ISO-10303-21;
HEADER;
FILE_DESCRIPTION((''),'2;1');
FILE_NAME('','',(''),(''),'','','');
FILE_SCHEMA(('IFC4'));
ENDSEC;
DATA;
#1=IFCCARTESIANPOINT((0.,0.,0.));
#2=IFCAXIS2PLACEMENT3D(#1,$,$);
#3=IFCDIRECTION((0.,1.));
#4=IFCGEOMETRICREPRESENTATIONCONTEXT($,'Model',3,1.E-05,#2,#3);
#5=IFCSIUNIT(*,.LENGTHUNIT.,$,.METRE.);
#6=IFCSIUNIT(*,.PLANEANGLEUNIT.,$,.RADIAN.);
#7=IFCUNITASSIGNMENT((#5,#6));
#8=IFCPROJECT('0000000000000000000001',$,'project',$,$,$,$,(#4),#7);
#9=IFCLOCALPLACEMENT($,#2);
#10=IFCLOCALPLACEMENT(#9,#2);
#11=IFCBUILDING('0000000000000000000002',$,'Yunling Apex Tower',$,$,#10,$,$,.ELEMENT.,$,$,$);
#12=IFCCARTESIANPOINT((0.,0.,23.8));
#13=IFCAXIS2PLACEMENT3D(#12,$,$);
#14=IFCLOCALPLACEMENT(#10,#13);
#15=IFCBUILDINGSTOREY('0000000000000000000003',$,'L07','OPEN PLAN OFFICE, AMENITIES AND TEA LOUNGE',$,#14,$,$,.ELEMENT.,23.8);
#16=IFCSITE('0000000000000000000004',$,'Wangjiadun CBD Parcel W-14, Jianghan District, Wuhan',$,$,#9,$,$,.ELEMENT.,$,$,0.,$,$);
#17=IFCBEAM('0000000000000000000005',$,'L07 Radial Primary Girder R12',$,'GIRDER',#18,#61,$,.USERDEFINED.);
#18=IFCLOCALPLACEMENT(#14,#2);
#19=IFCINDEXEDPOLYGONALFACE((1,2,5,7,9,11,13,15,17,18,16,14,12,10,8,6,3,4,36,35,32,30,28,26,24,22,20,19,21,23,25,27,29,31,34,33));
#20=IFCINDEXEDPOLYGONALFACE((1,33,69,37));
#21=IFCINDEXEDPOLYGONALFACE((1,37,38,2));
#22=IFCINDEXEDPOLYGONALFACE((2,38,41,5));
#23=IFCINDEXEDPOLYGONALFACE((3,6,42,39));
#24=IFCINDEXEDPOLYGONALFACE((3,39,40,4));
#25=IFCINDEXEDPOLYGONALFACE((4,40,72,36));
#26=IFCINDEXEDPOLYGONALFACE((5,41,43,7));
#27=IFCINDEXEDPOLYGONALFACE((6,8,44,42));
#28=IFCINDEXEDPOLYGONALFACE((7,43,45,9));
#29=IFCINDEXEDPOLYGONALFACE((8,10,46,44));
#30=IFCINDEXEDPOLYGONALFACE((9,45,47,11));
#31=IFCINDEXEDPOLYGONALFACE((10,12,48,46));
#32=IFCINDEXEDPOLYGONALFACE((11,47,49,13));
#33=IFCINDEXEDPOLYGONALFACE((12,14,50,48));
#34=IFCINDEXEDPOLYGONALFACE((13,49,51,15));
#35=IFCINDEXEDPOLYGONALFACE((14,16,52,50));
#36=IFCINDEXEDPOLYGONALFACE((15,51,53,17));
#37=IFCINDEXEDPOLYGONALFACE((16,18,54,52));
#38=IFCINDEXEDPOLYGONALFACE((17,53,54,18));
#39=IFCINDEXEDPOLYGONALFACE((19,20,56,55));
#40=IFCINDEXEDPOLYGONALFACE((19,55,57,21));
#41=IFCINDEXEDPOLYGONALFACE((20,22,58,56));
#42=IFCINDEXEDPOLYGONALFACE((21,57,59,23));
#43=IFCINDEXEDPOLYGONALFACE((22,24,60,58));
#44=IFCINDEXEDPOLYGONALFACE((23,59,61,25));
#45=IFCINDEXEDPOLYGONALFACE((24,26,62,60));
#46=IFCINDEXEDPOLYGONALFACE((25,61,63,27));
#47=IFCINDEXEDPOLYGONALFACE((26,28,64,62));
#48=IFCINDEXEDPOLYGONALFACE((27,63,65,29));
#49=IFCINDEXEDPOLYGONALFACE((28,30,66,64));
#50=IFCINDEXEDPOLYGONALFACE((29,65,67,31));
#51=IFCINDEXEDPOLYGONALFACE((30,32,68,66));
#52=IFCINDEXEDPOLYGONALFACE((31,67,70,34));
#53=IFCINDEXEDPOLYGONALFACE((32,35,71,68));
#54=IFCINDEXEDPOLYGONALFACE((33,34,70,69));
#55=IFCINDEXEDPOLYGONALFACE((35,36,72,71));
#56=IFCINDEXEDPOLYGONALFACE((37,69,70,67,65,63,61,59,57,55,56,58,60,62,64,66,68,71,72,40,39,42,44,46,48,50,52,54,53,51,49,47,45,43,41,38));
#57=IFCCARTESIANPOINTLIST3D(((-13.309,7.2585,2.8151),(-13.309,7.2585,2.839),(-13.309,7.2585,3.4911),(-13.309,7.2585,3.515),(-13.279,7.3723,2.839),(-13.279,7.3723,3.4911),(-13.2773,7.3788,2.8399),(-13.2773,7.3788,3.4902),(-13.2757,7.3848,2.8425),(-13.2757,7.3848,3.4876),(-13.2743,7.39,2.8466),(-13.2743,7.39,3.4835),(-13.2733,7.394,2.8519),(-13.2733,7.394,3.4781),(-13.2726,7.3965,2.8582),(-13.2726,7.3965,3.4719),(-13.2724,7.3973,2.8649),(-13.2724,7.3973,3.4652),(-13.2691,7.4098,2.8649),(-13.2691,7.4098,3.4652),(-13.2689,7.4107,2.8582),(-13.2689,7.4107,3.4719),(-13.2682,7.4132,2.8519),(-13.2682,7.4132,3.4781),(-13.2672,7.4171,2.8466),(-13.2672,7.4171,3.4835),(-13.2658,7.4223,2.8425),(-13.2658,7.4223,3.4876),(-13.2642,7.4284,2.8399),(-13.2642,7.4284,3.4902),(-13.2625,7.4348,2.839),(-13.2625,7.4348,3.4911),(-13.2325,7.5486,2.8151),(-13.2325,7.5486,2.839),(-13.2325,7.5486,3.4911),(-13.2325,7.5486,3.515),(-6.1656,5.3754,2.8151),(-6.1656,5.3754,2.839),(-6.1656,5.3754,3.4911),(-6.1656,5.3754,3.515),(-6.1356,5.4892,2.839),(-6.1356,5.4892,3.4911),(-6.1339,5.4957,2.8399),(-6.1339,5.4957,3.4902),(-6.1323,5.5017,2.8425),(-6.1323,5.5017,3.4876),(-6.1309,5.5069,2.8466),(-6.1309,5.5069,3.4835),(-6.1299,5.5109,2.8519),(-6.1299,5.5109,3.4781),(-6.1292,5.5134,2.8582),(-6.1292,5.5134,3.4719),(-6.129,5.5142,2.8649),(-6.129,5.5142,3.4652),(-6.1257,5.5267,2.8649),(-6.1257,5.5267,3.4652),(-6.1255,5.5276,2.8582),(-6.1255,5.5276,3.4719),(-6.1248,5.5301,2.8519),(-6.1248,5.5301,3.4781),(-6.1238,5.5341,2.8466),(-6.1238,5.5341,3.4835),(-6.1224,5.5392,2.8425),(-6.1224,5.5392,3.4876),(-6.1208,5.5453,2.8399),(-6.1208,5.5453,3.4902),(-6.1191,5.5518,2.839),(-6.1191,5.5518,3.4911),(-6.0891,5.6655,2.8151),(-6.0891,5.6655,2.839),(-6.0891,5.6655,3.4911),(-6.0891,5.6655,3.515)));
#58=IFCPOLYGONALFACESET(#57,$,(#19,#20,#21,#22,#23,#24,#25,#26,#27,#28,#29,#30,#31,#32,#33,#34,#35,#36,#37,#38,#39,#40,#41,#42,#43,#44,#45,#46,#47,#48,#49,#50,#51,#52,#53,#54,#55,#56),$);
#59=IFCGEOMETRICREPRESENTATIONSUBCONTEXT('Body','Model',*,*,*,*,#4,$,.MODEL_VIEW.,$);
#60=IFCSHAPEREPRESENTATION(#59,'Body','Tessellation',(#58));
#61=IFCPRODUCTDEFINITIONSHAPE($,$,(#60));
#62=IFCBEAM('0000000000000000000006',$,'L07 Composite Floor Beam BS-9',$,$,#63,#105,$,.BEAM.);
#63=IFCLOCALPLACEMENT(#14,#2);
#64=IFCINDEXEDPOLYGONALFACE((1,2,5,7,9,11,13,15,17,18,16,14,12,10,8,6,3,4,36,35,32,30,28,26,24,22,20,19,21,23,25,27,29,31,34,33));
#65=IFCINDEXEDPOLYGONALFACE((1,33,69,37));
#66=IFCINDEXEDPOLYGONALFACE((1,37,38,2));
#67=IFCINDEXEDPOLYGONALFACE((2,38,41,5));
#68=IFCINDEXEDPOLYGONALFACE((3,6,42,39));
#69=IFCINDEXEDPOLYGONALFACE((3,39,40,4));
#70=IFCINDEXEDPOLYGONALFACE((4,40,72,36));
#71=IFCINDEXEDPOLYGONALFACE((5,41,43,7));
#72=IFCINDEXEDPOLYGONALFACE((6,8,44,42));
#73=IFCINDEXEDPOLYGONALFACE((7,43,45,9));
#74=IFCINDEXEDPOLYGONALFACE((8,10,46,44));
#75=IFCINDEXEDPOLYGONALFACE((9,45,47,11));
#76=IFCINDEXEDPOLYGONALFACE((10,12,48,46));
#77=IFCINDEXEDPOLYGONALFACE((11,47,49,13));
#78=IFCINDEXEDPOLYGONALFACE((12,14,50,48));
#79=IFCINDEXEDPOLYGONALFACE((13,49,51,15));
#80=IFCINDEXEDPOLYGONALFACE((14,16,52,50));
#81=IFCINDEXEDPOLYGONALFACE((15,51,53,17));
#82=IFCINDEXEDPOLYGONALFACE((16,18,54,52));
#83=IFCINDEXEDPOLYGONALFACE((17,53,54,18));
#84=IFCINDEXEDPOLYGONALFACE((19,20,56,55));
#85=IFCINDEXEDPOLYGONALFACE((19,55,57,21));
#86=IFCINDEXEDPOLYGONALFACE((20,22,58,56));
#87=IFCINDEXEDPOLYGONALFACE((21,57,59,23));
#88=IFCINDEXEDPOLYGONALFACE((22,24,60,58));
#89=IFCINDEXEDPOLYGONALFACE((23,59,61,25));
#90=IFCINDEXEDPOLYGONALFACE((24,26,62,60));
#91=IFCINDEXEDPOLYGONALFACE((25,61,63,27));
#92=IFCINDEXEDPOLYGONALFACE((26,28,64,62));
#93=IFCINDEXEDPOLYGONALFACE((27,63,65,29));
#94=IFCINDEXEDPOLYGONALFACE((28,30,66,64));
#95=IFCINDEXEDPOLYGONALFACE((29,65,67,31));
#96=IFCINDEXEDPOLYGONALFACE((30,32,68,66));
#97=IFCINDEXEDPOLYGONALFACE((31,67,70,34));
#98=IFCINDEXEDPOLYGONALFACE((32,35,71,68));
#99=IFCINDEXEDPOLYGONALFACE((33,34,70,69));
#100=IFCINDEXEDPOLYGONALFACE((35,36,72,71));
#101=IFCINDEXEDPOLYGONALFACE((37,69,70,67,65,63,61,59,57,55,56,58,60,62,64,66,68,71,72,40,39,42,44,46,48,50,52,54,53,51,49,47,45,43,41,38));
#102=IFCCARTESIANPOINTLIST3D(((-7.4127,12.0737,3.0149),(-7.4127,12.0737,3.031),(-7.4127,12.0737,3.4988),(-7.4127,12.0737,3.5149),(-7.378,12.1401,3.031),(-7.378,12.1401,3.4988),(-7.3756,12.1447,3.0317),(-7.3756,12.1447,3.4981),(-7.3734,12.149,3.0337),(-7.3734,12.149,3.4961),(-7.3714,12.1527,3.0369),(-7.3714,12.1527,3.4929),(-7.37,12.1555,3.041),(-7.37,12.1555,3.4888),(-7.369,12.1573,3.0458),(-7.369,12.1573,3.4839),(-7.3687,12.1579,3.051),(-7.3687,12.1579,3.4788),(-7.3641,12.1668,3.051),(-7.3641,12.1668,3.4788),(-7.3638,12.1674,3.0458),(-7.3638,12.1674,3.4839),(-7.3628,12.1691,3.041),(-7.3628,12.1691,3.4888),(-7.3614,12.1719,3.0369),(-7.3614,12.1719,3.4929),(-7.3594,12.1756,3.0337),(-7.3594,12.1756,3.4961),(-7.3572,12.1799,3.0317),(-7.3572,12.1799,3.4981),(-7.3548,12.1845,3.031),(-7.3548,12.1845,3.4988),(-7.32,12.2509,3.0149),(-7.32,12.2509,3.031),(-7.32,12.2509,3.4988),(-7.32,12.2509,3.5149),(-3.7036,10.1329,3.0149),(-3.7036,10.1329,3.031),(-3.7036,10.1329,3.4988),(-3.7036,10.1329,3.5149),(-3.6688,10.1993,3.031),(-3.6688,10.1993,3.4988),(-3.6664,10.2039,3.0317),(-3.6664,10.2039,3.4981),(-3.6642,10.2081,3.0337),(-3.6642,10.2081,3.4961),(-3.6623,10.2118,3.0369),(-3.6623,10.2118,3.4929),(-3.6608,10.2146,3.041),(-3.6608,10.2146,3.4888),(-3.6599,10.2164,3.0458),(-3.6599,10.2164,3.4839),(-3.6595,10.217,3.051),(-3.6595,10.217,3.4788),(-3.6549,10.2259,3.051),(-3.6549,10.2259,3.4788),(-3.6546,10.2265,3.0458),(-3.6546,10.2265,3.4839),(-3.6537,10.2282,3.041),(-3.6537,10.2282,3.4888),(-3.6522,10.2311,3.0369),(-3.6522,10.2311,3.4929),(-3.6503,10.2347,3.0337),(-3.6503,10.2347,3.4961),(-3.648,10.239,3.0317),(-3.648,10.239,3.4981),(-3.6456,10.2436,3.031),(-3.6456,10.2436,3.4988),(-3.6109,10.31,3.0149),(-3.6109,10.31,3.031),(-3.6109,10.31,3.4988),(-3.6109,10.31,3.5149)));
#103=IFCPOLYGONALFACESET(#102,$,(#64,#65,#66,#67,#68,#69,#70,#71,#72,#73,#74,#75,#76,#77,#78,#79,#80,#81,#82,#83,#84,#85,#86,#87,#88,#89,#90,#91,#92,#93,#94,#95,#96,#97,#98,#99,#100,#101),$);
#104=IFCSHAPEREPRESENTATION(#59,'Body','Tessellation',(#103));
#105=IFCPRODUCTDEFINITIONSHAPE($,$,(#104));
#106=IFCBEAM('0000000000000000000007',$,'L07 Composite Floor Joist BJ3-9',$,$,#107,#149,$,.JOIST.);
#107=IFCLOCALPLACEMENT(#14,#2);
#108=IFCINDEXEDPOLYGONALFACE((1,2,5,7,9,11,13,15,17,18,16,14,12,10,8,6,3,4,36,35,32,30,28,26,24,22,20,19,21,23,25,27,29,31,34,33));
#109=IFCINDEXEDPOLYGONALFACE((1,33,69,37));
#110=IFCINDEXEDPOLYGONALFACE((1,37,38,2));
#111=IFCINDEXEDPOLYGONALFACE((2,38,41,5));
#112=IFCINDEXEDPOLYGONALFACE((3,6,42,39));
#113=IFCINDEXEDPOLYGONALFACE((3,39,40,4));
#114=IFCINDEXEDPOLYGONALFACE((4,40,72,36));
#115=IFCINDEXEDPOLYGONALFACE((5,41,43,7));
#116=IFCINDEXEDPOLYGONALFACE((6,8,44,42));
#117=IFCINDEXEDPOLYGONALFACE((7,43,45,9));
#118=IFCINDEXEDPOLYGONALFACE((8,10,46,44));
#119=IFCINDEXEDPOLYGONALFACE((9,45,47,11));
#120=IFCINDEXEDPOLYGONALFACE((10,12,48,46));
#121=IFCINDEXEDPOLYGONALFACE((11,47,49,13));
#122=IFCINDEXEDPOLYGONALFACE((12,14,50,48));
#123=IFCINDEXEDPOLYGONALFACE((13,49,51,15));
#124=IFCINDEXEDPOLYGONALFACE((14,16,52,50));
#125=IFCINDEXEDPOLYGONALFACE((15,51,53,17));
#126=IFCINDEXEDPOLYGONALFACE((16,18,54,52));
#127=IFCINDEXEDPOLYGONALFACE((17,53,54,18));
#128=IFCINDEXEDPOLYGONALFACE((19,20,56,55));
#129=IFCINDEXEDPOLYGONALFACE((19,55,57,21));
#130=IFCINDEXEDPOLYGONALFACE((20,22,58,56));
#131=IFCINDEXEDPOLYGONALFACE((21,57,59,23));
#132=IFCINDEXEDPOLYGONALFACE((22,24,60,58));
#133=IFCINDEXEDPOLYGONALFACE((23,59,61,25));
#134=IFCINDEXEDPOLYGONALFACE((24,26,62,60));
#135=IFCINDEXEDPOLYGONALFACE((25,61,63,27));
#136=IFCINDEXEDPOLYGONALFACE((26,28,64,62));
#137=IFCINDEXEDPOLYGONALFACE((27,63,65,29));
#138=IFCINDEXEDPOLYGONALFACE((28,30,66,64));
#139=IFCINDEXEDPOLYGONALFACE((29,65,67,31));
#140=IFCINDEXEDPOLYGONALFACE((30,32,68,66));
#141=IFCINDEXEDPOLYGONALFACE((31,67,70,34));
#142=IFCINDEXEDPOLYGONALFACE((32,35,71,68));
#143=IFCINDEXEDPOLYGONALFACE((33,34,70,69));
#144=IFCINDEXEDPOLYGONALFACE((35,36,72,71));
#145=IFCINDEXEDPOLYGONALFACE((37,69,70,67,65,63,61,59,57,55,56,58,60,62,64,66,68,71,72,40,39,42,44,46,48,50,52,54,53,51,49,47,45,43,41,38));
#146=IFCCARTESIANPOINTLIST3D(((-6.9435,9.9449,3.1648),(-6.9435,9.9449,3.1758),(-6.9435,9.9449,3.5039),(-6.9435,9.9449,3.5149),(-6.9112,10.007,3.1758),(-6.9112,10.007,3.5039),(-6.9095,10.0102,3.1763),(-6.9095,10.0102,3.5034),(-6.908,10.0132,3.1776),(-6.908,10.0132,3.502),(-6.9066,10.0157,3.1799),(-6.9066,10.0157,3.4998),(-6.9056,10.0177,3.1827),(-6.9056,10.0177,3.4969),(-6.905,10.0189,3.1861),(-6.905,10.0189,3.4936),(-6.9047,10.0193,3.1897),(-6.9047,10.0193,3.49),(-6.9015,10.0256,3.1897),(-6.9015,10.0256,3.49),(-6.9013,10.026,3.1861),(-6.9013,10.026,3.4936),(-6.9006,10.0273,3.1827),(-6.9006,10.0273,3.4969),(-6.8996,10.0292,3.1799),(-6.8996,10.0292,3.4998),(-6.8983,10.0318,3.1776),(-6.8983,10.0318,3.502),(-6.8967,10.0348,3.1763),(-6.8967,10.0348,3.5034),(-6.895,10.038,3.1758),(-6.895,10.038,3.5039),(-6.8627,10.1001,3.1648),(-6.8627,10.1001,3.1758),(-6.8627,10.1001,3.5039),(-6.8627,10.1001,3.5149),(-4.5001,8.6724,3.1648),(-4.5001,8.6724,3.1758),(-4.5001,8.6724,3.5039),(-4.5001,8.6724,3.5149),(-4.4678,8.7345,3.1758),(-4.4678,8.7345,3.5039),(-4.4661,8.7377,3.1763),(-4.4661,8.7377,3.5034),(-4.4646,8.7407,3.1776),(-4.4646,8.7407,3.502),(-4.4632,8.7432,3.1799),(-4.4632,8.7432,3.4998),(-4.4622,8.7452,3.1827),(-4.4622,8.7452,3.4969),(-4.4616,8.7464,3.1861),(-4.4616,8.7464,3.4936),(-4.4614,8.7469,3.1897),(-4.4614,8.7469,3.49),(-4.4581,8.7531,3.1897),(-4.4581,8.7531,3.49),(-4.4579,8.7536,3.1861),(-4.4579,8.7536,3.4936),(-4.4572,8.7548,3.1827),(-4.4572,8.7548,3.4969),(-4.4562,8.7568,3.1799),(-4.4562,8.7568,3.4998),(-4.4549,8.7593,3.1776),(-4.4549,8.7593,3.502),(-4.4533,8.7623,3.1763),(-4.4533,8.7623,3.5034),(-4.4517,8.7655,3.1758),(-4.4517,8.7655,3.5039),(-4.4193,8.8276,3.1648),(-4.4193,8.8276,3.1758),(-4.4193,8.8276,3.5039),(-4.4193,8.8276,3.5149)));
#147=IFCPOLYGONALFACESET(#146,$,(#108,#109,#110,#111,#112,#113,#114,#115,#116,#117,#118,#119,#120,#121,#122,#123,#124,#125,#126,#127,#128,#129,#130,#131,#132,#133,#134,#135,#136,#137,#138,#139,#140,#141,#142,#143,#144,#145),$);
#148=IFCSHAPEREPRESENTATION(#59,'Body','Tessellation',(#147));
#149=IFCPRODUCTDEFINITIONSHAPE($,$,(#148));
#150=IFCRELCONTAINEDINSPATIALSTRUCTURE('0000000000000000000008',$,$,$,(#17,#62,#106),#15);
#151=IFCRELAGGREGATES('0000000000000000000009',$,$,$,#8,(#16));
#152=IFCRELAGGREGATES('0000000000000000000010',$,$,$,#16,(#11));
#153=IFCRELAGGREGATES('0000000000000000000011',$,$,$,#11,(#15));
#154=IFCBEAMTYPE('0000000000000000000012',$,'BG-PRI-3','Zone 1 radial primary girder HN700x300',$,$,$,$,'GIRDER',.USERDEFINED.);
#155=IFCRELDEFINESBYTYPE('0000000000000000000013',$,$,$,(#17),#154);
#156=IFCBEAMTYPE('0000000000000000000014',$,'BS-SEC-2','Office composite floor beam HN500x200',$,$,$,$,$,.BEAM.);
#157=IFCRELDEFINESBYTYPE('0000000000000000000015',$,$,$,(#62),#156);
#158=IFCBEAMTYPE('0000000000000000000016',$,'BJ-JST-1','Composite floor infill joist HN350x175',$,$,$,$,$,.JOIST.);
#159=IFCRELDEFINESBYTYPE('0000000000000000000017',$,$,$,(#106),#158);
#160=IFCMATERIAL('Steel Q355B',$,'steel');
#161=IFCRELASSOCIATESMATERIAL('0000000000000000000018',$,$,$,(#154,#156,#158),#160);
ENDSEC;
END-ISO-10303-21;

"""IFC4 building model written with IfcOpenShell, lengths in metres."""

from ifc_helpers import new_model, si_unit, direction, frame, origin, origin_2d, place, context, subcontext, project, spatial, i_section, extrude, source, transform, mapped, material, material_profile, profile_set, type_object, element, save


model = new_model("IFC4")

# Units and contexts
model_context = context("Model", 3, precision=1e-05, world=origin(), true_north=direction((0.0, 1.0)))
body_context = subcontext(model_context, "Body", "Model", "MODEL_VIEW")
ifc_project = project(units=[si_unit("LENGTHUNIT", "METRE"), si_unit("PLANEANGLEUNIT", "RADIAN")], contexts=[model_context])

# Site, building, storey
site_placement = place(None, origin())
site = spatial("IfcSite", under=ifc_project, at=site_placement, Name="Wangjiadun CBD Parcel W-14, Jianghan District, Wuhan", CompositionType="ELEMENT", RefElevation=0.0)
building_placement = place(site_placement, origin())
building = spatial("IfcBuilding", under=site, at=building_placement, Name="Yunling Apex Tower", CompositionType="ELEMENT")
storey_placement = place(building_placement, frame((0.0, 0.0, 23.8)))
storey = spatial("IfcBuildingStorey", under=building, at=storey_placement, Name="L07", Description="OPEN PLAN OFFICE, AMENITIES AND TEA LOUNGE", CompositionType="ELEMENT", Elevation=23.8)

# Beams
ifc_material_1 = material(Name="Steel Q355B", Category="steel")
ifc_material_profile_1 = material_profile(ifc_material_1, i_section(OverallWidth=0.3, OverallDepth=0.7, WebThickness=0.0129, FlangeThickness=0.0239, FilletRadius=0.0259, at=origin_2d()))
ifc_profile_set_1 = profile_set([ifc_material_profile_1], Name="Steel Q355B")
beam_type_1 = type_object("IfcBeamType", Name="BG-PRI-3", Description="Zone 1 radial primary girder HN700x300", ElementType="GIRDER", PredefinedType="USERDEFINED", material=ifc_profile_set_1)
shared_shape_1 = source(origin(), body_context, "Body", "SweptSolid", [
    extrude(i_section(OverallWidth=0.3, OverallDepth=0.7, WebThickness=0.0129, FlangeThickness=0.0239, FilletRadius=0.0259, at=origin_2d()), origin(), (0.0, 0.0, 1.0), 7.3875),
])
beam_1_placement = place(storey_placement, frame((-13.2708, 7.4036, 3.165), z_axis=(0.966967, -0.254903, 0.0), x_axis=(0.254903, 0.966967, 0.0)))
element("IfcBeam", 1, at=beam_1_placement, inside=storey, type_object=beam_type_1, Name="L07 Radial Primary Girder R12", ObjectType="GIRDER", PredefinedType="USERDEFINED", context=body_context, shape_type="MappedRepresentation", body=[
    mapped(shared_shape_1, transform((0.0, 0.0, 0.0), scale=1.0)),
])
ifc_material_profile_2 = material_profile(ifc_material_1, i_section(OverallWidth=0.2, OverallDepth=0.5, WebThickness=0.01, FlangeThickness=0.0161, FilletRadius=0.02, at=origin_2d()))
ifc_profile_set_2 = profile_set([ifc_material_profile_2], Name="Steel Q355B")
beam_type_2 = type_object("IfcBeamType", Name="BS-SEC-2", Description="Office composite floor beam HN500x200", PredefinedType="BEAM", material=ifc_profile_set_2)
shared_shape_2 = source(origin(), body_context, "Body", "SweptSolid", [
    extrude(i_section(OverallWidth=0.2, OverallDepth=0.5, WebThickness=0.01, FlangeThickness=0.0161, FilletRadius=0.02, at=origin_2d()), origin(), (0.0, 0.0, 1.0), 4.1863),
])
beam_2_placement = place(storey_placement, frame((-3.6572, 10.2214, 3.2649), z_axis=(-0.886029, 0.46363, 0.0), x_axis=(-0.46363, -0.886029, 0.0)))
element("IfcBeam", 2, at=beam_2_placement, inside=storey, type_object=beam_type_2, Name="L07 Composite Floor Beam BS-9", PredefinedType="BEAM", context=body_context, shape_type="MappedRepresentation", body=[
    mapped(shared_shape_2, transform((0.0, 0.0, 0.0), scale=1.0)),
])
ifc_material_profile_3 = material_profile(ifc_material_1, i_section(OverallWidth=0.175, OverallDepth=0.3501, WebThickness=0.0071, FlangeThickness=0.011, FilletRadius=0.0139, at=origin_2d()))
ifc_profile_set_3 = profile_set([ifc_material_profile_3], Name="Steel Q355B")
beam_type_3 = type_object("IfcBeamType", Name="BJ-JST-1", Description="Composite floor infill joist HN350x175", PredefinedType="JOIST", material=ifc_profile_set_3)
shared_shape_3 = source(origin(), body_context, "Body", "SweptSolid", [
    extrude(i_section(OverallWidth=0.175, OverallDepth=0.3501, WebThickness=0.0071, FlangeThickness=0.011, FilletRadius=0.0139, at=origin_2d()), origin(), (0.0, 0.0, 1.0), 2.7549),
])
beam_3_placement = place(storey_placement, frame((-4.4597, 8.75, 3.3398), z_axis=(-0.886932, 0.4619, 0.0), x_axis=(-0.4619, -0.886932, 0.0)))
element("IfcBeam", 3, at=beam_3_placement, inside=storey, type_object=beam_type_3, Name="L07 Composite Floor Joist BJ3-9", PredefinedType="JOIST", context=body_context, shape_type="MappedRepresentation", body=[
    mapped(shared_shape_3, transform((0.0, 0.0, 0.0), scale=1.0)),
])

save(model, "model.ifc")
